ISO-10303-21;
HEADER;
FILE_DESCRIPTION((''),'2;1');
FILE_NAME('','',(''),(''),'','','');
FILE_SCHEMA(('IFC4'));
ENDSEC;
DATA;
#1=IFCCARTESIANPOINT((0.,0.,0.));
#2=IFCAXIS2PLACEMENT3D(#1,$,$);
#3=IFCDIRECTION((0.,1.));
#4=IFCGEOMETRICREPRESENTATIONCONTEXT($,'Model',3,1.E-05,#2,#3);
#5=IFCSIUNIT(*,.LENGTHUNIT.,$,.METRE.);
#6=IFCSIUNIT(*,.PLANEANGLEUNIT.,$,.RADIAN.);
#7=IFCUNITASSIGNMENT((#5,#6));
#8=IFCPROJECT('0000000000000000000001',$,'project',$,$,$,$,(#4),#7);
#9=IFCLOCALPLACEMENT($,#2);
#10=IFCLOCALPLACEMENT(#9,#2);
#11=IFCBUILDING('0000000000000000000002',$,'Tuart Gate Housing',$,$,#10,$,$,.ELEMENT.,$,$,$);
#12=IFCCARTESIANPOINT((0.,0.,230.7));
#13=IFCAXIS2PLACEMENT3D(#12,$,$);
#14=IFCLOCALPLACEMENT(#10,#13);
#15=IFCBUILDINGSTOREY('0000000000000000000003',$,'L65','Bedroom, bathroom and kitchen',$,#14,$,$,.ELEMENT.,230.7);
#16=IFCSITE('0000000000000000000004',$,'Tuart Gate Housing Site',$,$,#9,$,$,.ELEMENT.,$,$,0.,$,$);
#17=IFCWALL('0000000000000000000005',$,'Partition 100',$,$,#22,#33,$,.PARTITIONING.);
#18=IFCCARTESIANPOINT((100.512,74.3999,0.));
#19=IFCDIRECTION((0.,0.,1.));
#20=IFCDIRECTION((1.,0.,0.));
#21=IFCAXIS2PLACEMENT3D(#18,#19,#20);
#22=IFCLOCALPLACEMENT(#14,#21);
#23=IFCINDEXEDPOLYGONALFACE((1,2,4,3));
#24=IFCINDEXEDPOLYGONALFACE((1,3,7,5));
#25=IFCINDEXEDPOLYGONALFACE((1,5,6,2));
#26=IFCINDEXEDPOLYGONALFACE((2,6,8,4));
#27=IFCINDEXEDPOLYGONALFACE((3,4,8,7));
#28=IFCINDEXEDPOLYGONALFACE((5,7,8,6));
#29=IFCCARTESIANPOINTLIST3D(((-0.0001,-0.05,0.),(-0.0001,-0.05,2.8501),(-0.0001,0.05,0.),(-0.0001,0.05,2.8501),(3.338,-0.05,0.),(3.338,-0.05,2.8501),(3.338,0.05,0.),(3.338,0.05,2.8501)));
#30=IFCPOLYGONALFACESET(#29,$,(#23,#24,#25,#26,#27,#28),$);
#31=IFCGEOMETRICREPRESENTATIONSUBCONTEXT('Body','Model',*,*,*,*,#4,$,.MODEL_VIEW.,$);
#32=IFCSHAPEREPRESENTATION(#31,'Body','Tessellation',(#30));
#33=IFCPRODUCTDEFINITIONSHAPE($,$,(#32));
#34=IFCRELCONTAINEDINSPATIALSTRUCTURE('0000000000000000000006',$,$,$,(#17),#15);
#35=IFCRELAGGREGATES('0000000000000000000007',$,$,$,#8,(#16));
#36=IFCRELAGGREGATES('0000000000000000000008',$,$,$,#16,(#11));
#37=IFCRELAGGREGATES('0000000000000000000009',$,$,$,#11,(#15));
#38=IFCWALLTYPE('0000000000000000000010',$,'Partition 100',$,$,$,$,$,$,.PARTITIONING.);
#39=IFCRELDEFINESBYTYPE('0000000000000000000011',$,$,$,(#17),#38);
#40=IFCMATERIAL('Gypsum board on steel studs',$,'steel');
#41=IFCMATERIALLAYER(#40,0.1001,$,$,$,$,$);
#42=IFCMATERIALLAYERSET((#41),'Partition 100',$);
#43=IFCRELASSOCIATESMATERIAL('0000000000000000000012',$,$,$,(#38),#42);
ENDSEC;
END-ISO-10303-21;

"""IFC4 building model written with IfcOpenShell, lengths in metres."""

from ifc_helpers import new_model, si_unit, direction, frame, frame_2d, origin, place, context, subcontext, project, spatial, rectangle, extrude, material, layer, layer_set, type_object, element, save


model = new_model("IFC4")

# Units and contexts
model_context = context("Model", 3, precision=1e-05, world=origin(), true_north=direction((0.0, 1.0)))
body_context = subcontext(model_context, "Body", "Model", "MODEL_VIEW")
ifc_project = project(units=[si_unit("LENGTHUNIT", "METRE"), si_unit("PLANEANGLEUNIT", "RADIAN")], contexts=[model_context])

# Site, building, storey
site_placement = place(None, origin())
site = spatial("IfcSite", under=ifc_project, at=site_placement, Name="Tuart Gate Housing Site", CompositionType="ELEMENT", RefElevation=0.0)
building_placement = place(site_placement, origin())
building = spatial("IfcBuilding", under=site, at=building_placement, Name="Tuart Gate Housing", CompositionType="ELEMENT")
storey_placement = place(building_placement, frame((0.0, 0.0, 230.7)))
storey = spatial("IfcBuildingStorey", under=building, at=storey_placement, Name="L65", Description="Bedroom, bathroom and kitchen", CompositionType="ELEMENT", Elevation=230.7)

# Wall
ifc_material_1 = material(Name="Gypsum board on steel studs", Category="steel")
ifc_layer_1 = layer(ifc_material_1, 0.1001)
ifc_layer_set_1 = layer_set([ifc_layer_1], Name="Partition 100")
wall_type_1 = type_object("IfcWallType", Name="Partition 100", PredefinedType="PARTITIONING", material=ifc_layer_set_1)
wall_1_placement = place(storey_placement, frame((100.512, 74.3999, 0.0), z_axis=(0.0, 0.0, 1.0), x_axis=(1.0, 0.0, 0.0)))
element("IfcWall", 1, at=wall_1_placement, inside=storey, type_object=wall_type_1, Name="Partition 100", PredefinedType="PARTITIONING", context=body_context, shape_type="SweptSolid", body=[
    extrude(rectangle(XDim=3.3381, YDim=0.1001, at=frame_2d((1.6689, 0.0))), origin(), (0.0, 0.0, 1.0), 2.8501),
])

save(model, "model.ifc")
